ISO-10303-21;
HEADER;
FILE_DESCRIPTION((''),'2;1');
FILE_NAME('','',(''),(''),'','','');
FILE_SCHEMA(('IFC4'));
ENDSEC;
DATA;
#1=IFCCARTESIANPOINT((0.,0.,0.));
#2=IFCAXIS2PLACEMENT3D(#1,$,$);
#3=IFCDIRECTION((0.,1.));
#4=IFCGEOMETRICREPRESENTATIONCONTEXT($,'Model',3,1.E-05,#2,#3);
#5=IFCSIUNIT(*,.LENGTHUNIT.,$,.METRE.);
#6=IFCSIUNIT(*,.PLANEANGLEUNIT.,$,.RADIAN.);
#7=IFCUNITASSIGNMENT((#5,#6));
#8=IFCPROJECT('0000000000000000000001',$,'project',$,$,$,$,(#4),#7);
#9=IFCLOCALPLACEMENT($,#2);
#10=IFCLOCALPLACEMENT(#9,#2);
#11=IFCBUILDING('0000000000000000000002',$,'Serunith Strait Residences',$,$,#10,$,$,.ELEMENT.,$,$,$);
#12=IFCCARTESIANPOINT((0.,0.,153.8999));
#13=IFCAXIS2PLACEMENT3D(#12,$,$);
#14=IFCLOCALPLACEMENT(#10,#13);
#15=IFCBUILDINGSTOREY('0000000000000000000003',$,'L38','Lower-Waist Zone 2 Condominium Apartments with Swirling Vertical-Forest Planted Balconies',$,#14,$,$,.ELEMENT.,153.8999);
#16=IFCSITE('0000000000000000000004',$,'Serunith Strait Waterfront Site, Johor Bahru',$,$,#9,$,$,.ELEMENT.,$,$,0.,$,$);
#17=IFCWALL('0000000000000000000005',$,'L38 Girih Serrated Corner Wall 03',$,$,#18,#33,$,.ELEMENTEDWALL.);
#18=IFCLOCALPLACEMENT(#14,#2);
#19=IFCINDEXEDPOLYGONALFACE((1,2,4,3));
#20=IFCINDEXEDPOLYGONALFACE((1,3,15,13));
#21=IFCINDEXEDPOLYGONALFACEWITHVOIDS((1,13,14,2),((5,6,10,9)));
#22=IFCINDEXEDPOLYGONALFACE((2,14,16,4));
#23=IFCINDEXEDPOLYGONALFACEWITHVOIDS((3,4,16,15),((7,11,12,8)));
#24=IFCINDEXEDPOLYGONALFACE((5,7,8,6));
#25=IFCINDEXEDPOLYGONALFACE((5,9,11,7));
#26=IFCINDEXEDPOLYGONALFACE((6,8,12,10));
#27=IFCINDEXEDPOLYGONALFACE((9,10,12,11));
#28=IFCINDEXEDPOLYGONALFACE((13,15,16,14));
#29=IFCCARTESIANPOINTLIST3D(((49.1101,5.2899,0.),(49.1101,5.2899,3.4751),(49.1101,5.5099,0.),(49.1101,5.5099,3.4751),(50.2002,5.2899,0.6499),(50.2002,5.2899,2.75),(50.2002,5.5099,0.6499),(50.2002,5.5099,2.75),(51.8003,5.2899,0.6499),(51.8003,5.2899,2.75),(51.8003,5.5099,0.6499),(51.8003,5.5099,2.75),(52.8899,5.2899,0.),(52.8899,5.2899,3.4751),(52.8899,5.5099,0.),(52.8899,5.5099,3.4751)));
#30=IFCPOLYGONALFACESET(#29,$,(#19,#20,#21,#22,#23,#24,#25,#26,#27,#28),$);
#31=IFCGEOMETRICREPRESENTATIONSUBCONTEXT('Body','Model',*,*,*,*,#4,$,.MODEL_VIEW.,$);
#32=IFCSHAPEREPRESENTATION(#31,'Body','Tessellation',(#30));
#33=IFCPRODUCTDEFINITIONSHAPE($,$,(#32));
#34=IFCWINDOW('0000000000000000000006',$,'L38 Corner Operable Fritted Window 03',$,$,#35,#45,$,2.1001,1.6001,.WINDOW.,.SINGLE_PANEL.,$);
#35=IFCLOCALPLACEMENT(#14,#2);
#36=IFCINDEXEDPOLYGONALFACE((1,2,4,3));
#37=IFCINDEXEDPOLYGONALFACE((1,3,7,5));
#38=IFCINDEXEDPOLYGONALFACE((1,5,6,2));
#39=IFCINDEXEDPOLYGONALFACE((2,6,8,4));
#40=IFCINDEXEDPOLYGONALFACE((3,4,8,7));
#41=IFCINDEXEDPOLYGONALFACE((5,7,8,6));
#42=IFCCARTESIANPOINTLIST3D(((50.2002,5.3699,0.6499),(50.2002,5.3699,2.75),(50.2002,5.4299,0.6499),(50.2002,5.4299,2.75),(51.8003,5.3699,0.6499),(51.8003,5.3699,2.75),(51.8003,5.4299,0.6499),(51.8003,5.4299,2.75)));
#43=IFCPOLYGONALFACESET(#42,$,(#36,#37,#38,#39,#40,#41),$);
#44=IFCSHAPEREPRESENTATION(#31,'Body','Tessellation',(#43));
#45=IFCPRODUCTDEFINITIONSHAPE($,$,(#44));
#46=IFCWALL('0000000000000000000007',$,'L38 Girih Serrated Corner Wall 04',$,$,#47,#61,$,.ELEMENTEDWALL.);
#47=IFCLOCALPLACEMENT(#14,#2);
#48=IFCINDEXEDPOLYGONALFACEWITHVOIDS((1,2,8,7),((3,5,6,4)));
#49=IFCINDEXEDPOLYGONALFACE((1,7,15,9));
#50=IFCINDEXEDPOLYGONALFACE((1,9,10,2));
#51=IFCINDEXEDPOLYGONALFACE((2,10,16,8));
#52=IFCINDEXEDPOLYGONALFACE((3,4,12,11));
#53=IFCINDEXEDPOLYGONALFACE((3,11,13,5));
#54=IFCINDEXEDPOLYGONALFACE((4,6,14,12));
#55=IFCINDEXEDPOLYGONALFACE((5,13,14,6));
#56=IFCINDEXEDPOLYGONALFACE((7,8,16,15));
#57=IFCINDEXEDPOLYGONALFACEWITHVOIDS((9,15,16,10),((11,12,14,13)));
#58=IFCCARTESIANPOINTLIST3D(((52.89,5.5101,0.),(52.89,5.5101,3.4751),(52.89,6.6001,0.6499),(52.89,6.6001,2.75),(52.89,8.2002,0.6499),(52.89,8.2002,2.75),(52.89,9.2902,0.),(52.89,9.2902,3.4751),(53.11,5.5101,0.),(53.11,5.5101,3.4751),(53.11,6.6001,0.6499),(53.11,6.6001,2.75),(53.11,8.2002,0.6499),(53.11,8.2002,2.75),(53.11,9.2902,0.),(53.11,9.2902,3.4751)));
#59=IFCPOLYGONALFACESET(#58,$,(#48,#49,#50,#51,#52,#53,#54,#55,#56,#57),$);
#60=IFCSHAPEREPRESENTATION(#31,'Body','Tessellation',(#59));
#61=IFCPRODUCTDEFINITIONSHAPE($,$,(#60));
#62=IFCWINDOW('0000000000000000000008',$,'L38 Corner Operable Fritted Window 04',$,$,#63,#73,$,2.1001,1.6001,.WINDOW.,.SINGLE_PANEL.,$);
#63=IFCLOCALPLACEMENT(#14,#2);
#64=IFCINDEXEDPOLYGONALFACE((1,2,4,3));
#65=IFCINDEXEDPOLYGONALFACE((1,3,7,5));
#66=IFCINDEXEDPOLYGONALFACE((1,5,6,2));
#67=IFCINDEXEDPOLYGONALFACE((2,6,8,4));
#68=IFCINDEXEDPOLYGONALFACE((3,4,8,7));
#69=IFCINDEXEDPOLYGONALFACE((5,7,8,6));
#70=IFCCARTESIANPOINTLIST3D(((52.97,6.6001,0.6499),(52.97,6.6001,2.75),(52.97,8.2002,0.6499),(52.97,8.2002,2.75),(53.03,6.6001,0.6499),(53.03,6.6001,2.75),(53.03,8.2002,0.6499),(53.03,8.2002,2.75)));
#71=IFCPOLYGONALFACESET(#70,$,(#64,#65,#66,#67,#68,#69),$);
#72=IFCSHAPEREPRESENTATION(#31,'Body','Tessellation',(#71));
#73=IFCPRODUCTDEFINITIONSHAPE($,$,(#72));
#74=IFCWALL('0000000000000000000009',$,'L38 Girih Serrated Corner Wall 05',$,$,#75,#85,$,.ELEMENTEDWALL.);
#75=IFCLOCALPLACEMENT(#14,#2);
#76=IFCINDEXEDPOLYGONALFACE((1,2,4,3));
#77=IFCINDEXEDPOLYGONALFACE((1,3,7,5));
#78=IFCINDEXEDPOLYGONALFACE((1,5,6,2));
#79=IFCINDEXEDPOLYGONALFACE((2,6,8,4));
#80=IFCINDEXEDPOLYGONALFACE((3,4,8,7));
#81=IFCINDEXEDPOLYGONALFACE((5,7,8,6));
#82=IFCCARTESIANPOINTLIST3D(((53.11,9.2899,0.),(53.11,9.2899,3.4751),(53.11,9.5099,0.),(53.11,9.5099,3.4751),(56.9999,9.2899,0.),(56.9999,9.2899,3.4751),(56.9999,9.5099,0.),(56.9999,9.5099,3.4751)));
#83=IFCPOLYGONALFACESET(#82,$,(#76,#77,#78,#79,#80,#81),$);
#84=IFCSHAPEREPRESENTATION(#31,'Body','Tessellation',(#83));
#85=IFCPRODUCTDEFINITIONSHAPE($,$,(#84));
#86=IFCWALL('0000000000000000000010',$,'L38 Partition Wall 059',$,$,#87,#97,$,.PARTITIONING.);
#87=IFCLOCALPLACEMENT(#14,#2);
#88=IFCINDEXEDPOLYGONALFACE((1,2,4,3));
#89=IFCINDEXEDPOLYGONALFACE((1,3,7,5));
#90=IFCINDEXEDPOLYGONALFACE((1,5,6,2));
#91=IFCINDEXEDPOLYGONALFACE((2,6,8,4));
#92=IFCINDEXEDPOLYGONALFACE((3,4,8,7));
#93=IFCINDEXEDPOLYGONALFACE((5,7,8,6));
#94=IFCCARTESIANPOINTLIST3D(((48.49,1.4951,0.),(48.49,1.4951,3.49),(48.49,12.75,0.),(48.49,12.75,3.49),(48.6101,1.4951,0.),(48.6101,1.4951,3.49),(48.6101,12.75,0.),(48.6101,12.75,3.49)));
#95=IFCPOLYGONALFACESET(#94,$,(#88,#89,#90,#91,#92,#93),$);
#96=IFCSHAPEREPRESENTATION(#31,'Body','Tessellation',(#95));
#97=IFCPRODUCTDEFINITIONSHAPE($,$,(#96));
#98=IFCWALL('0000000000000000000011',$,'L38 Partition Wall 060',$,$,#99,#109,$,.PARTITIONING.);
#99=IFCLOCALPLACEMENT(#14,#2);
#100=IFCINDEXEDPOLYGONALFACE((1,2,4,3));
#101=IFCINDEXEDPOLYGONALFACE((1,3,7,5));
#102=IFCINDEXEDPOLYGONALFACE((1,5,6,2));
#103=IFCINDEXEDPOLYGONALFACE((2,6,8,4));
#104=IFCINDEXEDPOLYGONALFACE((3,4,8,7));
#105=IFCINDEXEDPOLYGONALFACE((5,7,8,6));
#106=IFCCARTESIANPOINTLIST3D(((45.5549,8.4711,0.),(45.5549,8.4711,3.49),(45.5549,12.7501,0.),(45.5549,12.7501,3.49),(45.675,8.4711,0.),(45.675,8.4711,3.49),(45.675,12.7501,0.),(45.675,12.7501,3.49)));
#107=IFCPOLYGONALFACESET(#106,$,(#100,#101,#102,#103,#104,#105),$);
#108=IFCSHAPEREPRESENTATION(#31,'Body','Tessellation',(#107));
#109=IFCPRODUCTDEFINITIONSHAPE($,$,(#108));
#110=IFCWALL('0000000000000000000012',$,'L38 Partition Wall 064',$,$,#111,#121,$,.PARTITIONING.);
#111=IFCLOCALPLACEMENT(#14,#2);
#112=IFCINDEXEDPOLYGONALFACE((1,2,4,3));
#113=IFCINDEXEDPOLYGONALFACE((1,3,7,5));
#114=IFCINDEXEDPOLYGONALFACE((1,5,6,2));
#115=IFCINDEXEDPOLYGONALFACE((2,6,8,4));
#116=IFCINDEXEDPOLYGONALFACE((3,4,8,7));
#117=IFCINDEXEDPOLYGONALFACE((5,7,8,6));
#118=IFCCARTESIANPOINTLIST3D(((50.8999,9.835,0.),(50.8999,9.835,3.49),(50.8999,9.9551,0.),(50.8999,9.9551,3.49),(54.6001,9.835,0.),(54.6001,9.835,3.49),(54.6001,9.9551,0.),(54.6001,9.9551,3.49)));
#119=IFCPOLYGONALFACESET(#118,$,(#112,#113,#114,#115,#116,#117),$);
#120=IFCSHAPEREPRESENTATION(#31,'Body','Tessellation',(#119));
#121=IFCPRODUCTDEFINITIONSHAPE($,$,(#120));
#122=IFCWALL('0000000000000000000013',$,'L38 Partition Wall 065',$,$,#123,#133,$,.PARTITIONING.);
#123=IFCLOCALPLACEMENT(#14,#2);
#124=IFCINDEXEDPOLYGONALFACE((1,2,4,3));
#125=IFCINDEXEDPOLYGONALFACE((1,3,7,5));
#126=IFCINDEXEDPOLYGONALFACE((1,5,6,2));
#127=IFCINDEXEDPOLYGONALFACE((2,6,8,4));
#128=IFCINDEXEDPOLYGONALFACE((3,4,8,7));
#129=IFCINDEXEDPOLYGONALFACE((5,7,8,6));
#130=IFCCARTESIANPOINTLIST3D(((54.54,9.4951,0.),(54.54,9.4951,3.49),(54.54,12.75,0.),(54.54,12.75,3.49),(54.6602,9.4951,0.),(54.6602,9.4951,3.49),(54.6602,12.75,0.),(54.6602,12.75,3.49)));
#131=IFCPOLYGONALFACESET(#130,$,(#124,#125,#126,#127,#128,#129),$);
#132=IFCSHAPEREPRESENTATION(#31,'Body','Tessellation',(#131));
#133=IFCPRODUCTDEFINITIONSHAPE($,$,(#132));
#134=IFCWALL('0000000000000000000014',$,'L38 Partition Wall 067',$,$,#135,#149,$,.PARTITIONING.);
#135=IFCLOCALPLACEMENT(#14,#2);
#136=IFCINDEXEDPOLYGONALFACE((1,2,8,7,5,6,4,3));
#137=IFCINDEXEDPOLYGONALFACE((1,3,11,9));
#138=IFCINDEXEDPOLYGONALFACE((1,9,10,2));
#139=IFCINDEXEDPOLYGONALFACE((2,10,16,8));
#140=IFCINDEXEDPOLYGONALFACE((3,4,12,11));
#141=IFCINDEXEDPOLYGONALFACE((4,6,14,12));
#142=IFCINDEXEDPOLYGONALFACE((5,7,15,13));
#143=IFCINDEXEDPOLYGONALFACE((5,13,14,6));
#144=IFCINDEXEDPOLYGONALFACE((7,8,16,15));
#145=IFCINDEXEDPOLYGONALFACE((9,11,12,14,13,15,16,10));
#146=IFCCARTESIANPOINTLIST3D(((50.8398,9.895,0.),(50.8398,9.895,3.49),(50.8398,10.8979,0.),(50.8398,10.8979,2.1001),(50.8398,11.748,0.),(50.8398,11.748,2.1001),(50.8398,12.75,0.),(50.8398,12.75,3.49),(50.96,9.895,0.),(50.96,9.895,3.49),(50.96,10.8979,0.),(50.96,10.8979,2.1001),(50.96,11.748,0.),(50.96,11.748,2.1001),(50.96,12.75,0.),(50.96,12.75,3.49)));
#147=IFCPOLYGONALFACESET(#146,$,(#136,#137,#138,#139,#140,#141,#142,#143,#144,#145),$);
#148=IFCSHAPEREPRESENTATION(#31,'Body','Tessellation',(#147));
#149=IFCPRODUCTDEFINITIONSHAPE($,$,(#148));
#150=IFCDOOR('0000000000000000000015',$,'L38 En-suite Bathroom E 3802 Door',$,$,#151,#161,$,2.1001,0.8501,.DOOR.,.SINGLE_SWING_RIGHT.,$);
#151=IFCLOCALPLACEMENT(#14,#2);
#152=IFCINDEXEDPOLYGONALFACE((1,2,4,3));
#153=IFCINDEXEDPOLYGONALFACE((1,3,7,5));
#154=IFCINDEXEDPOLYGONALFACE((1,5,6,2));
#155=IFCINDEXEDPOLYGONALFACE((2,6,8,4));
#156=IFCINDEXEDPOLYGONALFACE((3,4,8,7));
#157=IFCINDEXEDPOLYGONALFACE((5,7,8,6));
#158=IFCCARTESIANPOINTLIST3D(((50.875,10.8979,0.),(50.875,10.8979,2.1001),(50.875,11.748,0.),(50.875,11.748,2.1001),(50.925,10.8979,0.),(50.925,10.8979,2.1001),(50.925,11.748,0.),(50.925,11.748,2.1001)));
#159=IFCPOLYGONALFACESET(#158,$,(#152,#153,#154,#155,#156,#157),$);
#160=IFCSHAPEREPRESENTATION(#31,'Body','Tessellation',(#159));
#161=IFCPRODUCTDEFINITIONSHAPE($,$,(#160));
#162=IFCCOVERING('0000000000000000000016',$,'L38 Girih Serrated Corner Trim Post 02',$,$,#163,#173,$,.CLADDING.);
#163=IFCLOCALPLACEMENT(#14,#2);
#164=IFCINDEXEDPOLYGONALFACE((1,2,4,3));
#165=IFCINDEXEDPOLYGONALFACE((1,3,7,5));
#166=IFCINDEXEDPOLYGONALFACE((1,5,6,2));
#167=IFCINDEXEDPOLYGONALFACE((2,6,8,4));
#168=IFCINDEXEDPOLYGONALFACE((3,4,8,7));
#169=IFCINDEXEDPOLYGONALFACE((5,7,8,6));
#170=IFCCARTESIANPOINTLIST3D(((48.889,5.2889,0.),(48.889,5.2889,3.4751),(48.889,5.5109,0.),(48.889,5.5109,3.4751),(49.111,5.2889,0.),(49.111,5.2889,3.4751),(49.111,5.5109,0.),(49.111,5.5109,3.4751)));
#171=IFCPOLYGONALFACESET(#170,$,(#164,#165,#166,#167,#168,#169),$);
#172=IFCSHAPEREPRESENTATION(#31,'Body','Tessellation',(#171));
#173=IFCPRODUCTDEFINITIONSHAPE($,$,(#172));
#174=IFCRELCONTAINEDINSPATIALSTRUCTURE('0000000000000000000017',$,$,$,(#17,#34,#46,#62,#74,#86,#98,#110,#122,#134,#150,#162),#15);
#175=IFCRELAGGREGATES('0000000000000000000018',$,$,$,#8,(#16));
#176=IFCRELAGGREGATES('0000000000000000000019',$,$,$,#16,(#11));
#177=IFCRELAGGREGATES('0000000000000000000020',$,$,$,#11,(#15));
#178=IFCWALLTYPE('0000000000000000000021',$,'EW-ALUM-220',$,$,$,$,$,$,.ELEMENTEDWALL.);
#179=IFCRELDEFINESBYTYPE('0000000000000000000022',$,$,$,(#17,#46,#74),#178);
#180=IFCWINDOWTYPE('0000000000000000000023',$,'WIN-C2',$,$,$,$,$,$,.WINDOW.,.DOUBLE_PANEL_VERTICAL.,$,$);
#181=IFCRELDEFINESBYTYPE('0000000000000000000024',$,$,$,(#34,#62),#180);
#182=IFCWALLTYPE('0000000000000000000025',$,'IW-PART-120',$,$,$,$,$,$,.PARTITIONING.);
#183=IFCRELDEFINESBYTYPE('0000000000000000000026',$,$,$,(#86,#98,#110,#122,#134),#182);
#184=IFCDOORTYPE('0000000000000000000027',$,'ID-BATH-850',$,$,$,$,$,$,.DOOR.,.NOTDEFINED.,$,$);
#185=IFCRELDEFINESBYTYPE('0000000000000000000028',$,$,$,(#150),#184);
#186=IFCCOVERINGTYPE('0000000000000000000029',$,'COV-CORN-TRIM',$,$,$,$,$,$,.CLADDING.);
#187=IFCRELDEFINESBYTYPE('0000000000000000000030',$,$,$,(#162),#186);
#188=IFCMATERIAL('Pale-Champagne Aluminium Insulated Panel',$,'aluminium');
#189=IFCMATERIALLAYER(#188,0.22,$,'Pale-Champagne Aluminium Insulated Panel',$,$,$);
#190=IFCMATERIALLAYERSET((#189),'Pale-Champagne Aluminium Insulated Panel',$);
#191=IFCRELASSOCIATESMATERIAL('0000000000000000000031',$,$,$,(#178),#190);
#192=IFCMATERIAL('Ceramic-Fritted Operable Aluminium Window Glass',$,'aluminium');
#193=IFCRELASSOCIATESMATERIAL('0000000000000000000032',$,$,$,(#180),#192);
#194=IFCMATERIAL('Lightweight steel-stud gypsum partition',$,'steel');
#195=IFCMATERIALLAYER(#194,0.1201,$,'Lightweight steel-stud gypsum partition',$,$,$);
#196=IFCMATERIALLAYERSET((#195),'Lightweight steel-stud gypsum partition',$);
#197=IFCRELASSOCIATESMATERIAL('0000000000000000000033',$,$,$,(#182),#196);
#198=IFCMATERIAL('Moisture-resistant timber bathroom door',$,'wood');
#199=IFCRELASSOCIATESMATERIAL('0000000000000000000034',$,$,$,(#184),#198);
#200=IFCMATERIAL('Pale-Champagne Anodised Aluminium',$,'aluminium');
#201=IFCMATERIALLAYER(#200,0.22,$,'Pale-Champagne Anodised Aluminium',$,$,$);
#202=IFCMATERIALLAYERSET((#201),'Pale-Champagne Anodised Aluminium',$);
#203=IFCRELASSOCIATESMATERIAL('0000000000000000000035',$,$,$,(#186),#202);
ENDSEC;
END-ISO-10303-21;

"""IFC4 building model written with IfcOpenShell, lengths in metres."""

from ifc_helpers import new_model, si_unit, direction, frame, frame_2d, origin, origin_2d, place, context, subcontext, project, spatial, rectangle, extrude, source, transform, mapped, material, layer, layer_set, type_object, element, fill, save


model = new_model("IFC4")

# Units and contexts
model_context = context("Model", 3, precision=1e-05, world=origin(), true_north=direction((0.0, 1.0)))
body_context = subcontext(model_context, "Body", "Model", "MODEL_VIEW")
ifc_project = project(units=[si_unit("LENGTHUNIT", "METRE"), si_unit("PLANEANGLEUNIT", "RADIAN")], contexts=[model_context])

# Site, building, storey
site_placement = place(None, origin())
site = spatial("IfcSite", under=ifc_project, at=site_placement, Name="Serunith Strait Waterfront Site, Johor Bahru", CompositionType="ELEMENT", RefElevation=0.0)
building_placement = place(site_placement, origin())
building = spatial("IfcBuilding", under=site, at=building_placement, Name="Serunith Strait Residences", CompositionType="ELEMENT")
storey_placement = place(building_placement, frame((0.0, 0.0, 153.8999)))
storey = spatial("IfcBuildingStorey", under=building, at=storey_placement, Name="L38", Description="Lower-Waist Zone 2 Condominium Apartments with Swirling Vertical-Forest Planted Balconies", CompositionType="ELEMENT", Elevation=153.8999)

# Shared definitions
ifc_material_1 = material(Name="Pale-Champagne Anodised Aluminium", Category="aluminium")

# Walls, openings, windows
ifc_material_2 = material(Name="Pale-Champagne Aluminium Insulated Panel", Category="aluminium")
ifc_layer_1 = layer(ifc_material_2, 0.22, Name="Pale-Champagne Aluminium Insulated Panel")
ifc_layer_set_1 = layer_set([ifc_layer_1], Name="Pale-Champagne Aluminium Insulated Panel")
wall_type_1 = type_object("IfcWallType", Name="EW-ALUM-220", PredefinedType="ELEMENTEDWALL", material=ifc_layer_set_1)
ifc_material_3 = material(Name="Ceramic-Fritted Operable Aluminium Window Glass", Category="aluminium")
window_type = type_object("IfcWindowType", Name="WIN-C2", PartitioningType="DOUBLE_PANEL_VERTICAL", PredefinedType="WINDOW", material=ifc_material_3)
shared_shape_1 = source(origin(), body_context, "Body", "SweptSolid", [
    extrude(rectangle(XDim=1.6001, YDim=2.1001, at=frame_2d((0.8, 1.05))), frame((0.0, 0.03, 0.0), z_axis=(0.0, -1.0, 0.0), x_axis=(1.0, 0.0, 0.0)), (0.0, 0.0, 1.0), 0.0601),
])
wall_1_placement = place(storey_placement, frame((49.1101, 5.3999, 0.0), z_axis=(0.0, 0.0, 1.0), x_axis=(1.0, 0.0, 0.0)))
wall_1 = element("IfcWall", 1, at=wall_1_placement, inside=storey, type_object=wall_type_1, Name="L38 Girih Serrated Corner Wall 03", PredefinedType="ELEMENTEDWALL", context=body_context, shape_type="SweptSolid", body=[
    extrude(rectangle(XDim=3.7798, YDim=0.22, at=frame_2d((1.8899, 0.0))), origin(), (0.0, 0.0, 1.0), 3.4751),
])
opening_1_placement = place(wall_1_placement, frame((1.0901, 0.0, 0.6499)))
opening_1 = element("IfcOpeningElement", 2, at=opening_1_placement, cuts=wall_1, PredefinedType="OPENING", context=body_context, shape_type="SweptSolid", body=[
    extrude(rectangle(XDim=1.6001, YDim=2.1001, at=frame_2d((0.8, 1.05))), frame((0.0, 0.1201, 0.0), z_axis=(0.0, -1.0, 0.0), x_axis=(1.0, 0.0, 0.0)), (0.0, 0.0, 1.0), 0.24),
])
window_1_placement = place(opening_1_placement, origin())
window_1 = element("IfcWindow", 3, at=window_1_placement, inside=storey, type_object=window_type, Name="L38 Corner Operable Fritted Window 03", OverallHeight=2.1001, OverallWidth=1.6001, PartitioningType="SINGLE_PANEL", PredefinedType="WINDOW", context=body_context, shape_type="MappedRepresentation", body=[
    mapped(shared_shape_1, transform((0.0, 0.0, 0.0), scale=1.0)),
])
fill(opening_1, window_1)
wall_2_placement = place(storey_placement, frame((53.0, 5.51, 0.0), z_axis=(0.0, 0.0, 1.0), x_axis=(0.0, 1.0, 0.0)))
wall_2 = element("IfcWall", 4, at=wall_2_placement, inside=storey, type_object=wall_type_1, Name="L38 Girih Serrated Corner Wall 04", PredefinedType="ELEMENTEDWALL", context=body_context, shape_type="SweptSolid", body=[
    extrude(rectangle(XDim=3.78, YDim=0.22, at=frame_2d((1.8901, 0.0))), origin(), (0.0, 0.0, 1.0), 3.4751),
])
opening_2_placement = place(wall_2_placement, frame((1.0901, 0.0, 0.6499)))
opening_2 = element("IfcOpeningElement", 5, at=opening_2_placement, cuts=wall_2, PredefinedType="OPENING", context=body_context, shape_type="SweptSolid", body=[
    extrude(rectangle(XDim=1.6001, YDim=2.1001, at=frame_2d((0.8, 1.05))), frame((0.0, 0.1201, 0.0), z_axis=(0.0, -1.0, 0.0), x_axis=(1.0, 0.0, 0.0)), (0.0, 0.0, 1.0), 0.24),
])
window_2_placement = place(opening_2_placement, origin())
window_2 = element("IfcWindow", 6, at=window_2_placement, inside=storey, type_object=window_type, Name="L38 Corner Operable Fritted Window 04", OverallHeight=2.1001, OverallWidth=1.6001, PartitioningType="SINGLE_PANEL", PredefinedType="WINDOW", context=body_context, shape_type="MappedRepresentation", body=[
    mapped(shared_shape_1, transform((0.0, 0.0, 0.0), scale=1.0)),
])
fill(opening_2, window_2)

# Walls
wall_3_placement = place(storey_placement, frame((53.1101, 9.3999, 0.0), z_axis=(0.0, 0.0, 1.0), x_axis=(1.0, 0.0, 0.0)))
element("IfcWall", 7, at=wall_3_placement, inside=storey, type_object=wall_type_1, Name="L38 Girih Serrated Corner Wall 05", PredefinedType="ELEMENTEDWALL", context=body_context, shape_type="SweptSolid", body=[
    extrude(rectangle(XDim=3.8899, YDim=0.22, at=frame_2d((1.9448, 0.0))), origin(), (0.0, 0.0, 1.0), 3.4751),
])
ifc_material_4 = material(Name="Lightweight steel-stud gypsum partition", Category="steel")
ifc_layer_2 = layer(ifc_material_4, 0.1201, Name="Lightweight steel-stud gypsum partition")
ifc_layer_set_2 = layer_set([ifc_layer_2], Name="Lightweight steel-stud gypsum partition")
wall_type_2 = type_object("IfcWallType", Name="IW-PART-120", PredefinedType="PARTITIONING", material=ifc_layer_set_2)
wall_4_placement = place(storey_placement, frame((48.55, 1.4951, 0.0), z_axis=(0.0, 0.0, 1.0), x_axis=(0.0, 1.0, 0.0)))
element("IfcWall", 8, at=wall_4_placement, inside=storey, type_object=wall_type_2, Name="L38 Partition Wall 059", PredefinedType="PARTITIONING", context=body_context, shape_type="SweptSolid", body=[
    extrude(rectangle(XDim=11.2549, YDim=0.1201, at=frame_2d((5.6274, 0.0))), origin(), (0.0, 0.0, 1.0), 3.49),
])
wall_5_placement = place(storey_placement, frame((45.615, 8.4709, 0.0), z_axis=(0.0, 0.0, 1.0), x_axis=(0.0, 1.0, 0.0)))
element("IfcWall", 9, at=wall_5_placement, inside=storey, type_object=wall_type_2, Name="L38 Partition Wall 060", PredefinedType="PARTITIONING", context=body_context, shape_type="SweptSolid", body=[
    extrude(rectangle(XDim=4.2791, YDim=0.1201, at=frame_2d((2.1396, 0.0))), origin(), (0.0, 0.0, 1.0), 3.49),
])
wall_6_placement = place(storey_placement, frame((50.8999, 9.895, 0.0), z_axis=(0.0, 0.0, 1.0), x_axis=(1.0, 0.0, 0.0)))
element("IfcWall", 10, at=wall_6_placement, inside=storey, type_object=wall_type_2, Name="L38 Partition Wall 064", PredefinedType="PARTITIONING", context=body_context, shape_type="SweptSolid", body=[
    extrude(rectangle(XDim=3.7002, YDim=0.1201, at=frame_2d((1.8501, 0.0))), origin(), (0.0, 0.0, 1.0), 3.49),
])
wall_7_placement = place(storey_placement, frame((54.6001, 9.4951, 0.0), z_axis=(0.0, 0.0, 1.0), x_axis=(0.0, 1.0, 0.0)))
element("IfcWall", 11, at=wall_7_placement, inside=storey, type_object=wall_type_2, Name="L38 Partition Wall 065", PredefinedType="PARTITIONING", context=body_context, shape_type="SweptSolid", body=[
    extrude(rectangle(XDim=3.2549, YDim=0.1201, at=frame_2d((1.6274, 0.0))), origin(), (0.0, 0.0, 1.0), 3.49),
])

# Wall, opening, door
wall_8_placement = place(storey_placement, frame((50.8999, 9.895, 0.0), z_axis=(0.0, 0.0, 1.0), x_axis=(0.0, 1.0, 0.0)))
wall_8 = element("IfcWall", 12, at=wall_8_placement, inside=storey, type_object=wall_type_2, Name="L38 Partition Wall 067", PredefinedType="PARTITIONING", context=body_context, shape_type="SweptSolid", body=[
    extrude(rectangle(XDim=2.855, YDim=0.1201, at=frame_2d((1.4275, 0.0))), origin(), (0.0, 0.0, 1.0), 3.49),
])
opening_3_placement = place(wall_8_placement, frame((1.0029, 0.0, 0.0)))
opening_3 = element("IfcOpeningElement", 13, at=opening_3_placement, cuts=wall_8, PredefinedType="OPENING", context=body_context, shape_type="SweptSolid", body=[
    extrude(rectangle(XDim=0.8501, YDim=2.1001, at=frame_2d((0.425, 1.05))), frame((0.0, 0.0701, 0.0), z_axis=(0.0, -1.0, 0.0), x_axis=(1.0, 0.0, 0.0)), (0.0, 0.0, 1.0), 0.1401),
])
ifc_material_5 = material(Name="Moisture-resistant timber bathroom door", Category="wood")
door_type = type_object("IfcDoorType", Name="ID-BATH-850", OperationType="NOTDEFINED", PredefinedType="DOOR", material=ifc_material_5)
shared_shape_2 = source(origin(), body_context, "Body", "SweptSolid", [
    extrude(rectangle(XDim=0.8501, YDim=2.1001, at=frame_2d((0.425, 1.05))), frame((0.0, 0.0249, 0.0), z_axis=(0.0, -1.0, 0.0), x_axis=(1.0, 0.0, 0.0)), (0.0, 0.0, 1.0), 0.05),
])
door_placement = place(opening_3_placement, origin())
door = element("IfcDoor", 14, at=door_placement, inside=storey, type_object=door_type, Name="L38 En-suite Bathroom E 3802 Door", OperationType="SINGLE_SWING_RIGHT", OverallHeight=2.1001, OverallWidth=0.8501, PredefinedType="DOOR", context=body_context, shape_type="MappedRepresentation", body=[
    mapped(shared_shape_2, transform((0.0, 0.0, 0.0), scale=1.0)),
])
fill(opening_3, door)

# Covering
ifc_layer_3 = layer(ifc_material_1, 0.22, Name="Pale-Champagne Anodised Aluminium")
ifc_layer_set_3 = layer_set([ifc_layer_3], Name="Pale-Champagne Anodised Aluminium")
covering_type = type_object("IfcCoveringType", Name="COV-CORN-TRIM", PredefinedType="CLADDING", material=ifc_layer_set_3)
shared_shape_3 = source(origin(), body_context, "Body", "SweptSolid", [
    extrude(rectangle(XDim=0.2219, YDim=0.2219, at=origin_2d()), origin(), (0.0, 0.0, 1.0), 3.4751),
])
for number, where, z_axis, x_axis, name in (
    (15, (49.0, 5.3999, 0.0), (0.0, 0.0, 1.0), (1.0, 0.0, 0.0), "L38 Girih Serrated Corner Trim Post 02"),
):
    element("IfcCovering", number, at=place(storey_placement, frame(where, z_axis=z_axis, x_axis=x_axis)), inside=storey, type_object=covering_type, Name=name, PredefinedType="CLADDING", context=body_context, shape_type="MappedRepresentation", body=[
        mapped(shared_shape_3, transform((0.0, 0.0, 0.0), scale=1.0)),
    ])

save(model, "model.ifc")
